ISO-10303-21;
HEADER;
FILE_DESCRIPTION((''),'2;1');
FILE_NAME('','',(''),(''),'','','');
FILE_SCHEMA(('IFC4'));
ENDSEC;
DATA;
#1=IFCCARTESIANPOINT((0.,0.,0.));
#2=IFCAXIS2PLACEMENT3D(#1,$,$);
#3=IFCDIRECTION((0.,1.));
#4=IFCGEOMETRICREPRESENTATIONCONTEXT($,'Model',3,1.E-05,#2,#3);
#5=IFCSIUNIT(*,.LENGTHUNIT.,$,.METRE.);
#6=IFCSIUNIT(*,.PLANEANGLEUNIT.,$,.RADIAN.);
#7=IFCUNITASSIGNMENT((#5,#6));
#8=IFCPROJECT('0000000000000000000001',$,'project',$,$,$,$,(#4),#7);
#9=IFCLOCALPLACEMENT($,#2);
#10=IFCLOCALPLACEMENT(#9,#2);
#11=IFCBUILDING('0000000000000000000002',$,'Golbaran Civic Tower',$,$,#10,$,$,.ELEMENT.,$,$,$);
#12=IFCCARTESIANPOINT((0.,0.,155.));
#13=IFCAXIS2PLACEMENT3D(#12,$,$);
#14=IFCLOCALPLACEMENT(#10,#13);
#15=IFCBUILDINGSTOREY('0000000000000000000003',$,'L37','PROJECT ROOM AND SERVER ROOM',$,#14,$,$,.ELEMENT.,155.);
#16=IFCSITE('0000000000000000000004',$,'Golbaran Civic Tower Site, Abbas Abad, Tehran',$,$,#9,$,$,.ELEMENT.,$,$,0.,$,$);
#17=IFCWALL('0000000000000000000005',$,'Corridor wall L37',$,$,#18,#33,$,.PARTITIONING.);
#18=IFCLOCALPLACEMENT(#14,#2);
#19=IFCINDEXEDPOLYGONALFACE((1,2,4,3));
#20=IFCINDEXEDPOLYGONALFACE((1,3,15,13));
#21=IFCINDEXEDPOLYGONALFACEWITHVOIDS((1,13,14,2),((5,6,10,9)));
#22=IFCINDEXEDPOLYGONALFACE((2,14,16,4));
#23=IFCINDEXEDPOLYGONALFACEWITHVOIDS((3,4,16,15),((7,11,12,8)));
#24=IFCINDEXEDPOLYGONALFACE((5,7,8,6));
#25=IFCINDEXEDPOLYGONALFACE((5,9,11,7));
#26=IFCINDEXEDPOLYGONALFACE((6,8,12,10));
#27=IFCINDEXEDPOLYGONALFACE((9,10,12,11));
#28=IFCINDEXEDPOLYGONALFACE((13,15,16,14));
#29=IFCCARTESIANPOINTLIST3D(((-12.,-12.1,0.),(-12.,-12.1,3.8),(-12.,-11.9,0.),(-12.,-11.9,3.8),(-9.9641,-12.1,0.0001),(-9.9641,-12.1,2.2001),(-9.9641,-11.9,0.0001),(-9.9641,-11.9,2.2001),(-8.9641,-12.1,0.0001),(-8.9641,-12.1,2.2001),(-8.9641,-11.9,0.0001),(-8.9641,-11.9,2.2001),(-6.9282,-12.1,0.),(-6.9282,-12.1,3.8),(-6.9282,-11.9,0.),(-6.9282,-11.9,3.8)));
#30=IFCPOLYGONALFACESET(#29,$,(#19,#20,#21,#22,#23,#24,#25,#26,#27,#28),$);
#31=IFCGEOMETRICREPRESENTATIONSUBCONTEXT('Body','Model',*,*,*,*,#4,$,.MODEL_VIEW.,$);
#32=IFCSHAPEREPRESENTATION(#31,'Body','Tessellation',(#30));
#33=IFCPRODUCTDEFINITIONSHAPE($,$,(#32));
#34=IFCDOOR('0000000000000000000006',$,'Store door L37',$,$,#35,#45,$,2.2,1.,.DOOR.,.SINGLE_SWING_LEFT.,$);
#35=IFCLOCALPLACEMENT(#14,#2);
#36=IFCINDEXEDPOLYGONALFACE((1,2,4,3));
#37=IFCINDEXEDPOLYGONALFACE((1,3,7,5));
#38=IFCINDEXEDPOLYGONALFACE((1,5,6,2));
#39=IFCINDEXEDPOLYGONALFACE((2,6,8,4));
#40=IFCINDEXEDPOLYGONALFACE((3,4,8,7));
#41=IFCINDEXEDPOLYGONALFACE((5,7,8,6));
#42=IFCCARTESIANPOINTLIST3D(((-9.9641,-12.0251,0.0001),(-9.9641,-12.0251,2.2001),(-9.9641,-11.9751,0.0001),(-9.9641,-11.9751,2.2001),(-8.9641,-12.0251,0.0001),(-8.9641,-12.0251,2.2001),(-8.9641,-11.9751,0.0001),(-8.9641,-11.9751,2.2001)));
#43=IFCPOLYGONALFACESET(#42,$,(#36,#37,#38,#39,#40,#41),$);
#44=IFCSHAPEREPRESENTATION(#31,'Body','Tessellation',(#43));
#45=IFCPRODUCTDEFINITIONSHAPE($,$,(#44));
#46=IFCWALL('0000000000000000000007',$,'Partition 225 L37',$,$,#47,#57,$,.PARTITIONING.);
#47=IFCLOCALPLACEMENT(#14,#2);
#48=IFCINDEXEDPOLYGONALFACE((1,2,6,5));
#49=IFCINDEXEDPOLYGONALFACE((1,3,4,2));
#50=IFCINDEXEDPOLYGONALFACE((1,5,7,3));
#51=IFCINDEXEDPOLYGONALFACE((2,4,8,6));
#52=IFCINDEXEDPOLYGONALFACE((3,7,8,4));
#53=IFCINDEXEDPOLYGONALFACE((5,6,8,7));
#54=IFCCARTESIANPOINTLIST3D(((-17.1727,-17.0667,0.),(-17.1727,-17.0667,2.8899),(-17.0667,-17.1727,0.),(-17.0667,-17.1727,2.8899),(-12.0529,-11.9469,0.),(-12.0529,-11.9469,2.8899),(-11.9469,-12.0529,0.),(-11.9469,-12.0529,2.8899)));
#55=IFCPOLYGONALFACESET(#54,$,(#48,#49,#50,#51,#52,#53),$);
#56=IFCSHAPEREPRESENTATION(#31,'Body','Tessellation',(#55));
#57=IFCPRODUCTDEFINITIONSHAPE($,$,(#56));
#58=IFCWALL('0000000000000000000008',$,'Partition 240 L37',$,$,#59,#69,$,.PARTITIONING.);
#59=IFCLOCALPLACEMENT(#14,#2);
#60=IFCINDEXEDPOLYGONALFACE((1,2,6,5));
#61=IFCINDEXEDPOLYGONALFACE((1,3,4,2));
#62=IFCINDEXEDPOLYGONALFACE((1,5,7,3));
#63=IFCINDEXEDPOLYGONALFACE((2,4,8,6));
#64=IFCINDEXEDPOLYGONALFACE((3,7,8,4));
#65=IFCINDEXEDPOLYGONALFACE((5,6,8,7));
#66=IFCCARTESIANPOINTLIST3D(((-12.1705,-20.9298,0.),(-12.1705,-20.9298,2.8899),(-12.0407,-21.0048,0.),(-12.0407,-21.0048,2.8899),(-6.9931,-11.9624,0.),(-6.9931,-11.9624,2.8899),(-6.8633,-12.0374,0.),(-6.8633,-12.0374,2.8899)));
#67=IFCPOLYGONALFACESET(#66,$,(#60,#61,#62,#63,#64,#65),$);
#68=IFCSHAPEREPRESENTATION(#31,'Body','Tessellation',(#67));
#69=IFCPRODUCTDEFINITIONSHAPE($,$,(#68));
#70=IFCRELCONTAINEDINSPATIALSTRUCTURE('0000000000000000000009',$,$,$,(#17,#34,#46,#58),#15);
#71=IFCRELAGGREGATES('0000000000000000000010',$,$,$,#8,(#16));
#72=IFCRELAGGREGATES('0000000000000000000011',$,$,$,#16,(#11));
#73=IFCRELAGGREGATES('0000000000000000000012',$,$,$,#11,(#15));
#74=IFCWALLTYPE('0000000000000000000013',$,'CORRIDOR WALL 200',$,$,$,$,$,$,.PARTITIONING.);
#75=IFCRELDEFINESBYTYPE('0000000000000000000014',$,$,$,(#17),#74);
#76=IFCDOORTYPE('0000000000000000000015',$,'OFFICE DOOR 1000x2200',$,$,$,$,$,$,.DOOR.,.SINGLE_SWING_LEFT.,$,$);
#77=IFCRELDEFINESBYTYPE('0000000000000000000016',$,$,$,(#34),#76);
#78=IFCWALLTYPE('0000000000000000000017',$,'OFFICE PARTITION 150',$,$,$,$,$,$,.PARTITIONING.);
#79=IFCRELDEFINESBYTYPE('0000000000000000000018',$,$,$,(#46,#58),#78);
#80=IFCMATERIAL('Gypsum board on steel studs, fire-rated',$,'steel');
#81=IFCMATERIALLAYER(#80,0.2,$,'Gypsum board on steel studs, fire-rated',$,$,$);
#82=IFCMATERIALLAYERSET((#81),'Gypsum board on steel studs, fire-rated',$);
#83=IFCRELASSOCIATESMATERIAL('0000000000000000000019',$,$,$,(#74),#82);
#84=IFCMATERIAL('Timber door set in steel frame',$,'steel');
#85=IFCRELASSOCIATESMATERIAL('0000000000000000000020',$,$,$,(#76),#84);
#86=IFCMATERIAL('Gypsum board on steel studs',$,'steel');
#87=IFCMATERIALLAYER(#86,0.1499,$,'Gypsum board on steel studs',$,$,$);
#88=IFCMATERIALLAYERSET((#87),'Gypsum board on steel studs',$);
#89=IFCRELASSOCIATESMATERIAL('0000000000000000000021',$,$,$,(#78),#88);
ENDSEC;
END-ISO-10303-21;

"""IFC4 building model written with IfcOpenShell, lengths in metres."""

from ifc_helpers import new_model, si_unit, direction, frame, frame_2d, origin, place, context, subcontext, project, spatial, rectangle, extrude, material, layer, layer_set, type_object, element, fill, save


model = new_model("IFC4")

# Units and contexts
model_context = context("Model", 3, precision=1e-05, world=origin(), true_north=direction((0.0, 1.0)))
body_context = subcontext(model_context, "Body", "Model", "MODEL_VIEW")
ifc_project = project(units=[si_unit("LENGTHUNIT", "METRE"), si_unit("PLANEANGLEUNIT", "RADIAN")], contexts=[model_context])

# Site, building, storey
site_placement = place(None, origin())
site = spatial("IfcSite", under=ifc_project, at=site_placement, Name="Golbaran Civic Tower Site, Abbas Abad, Tehran", CompositionType="ELEMENT", RefElevation=0.0)
building_placement = place(site_placement, origin())
building = spatial("IfcBuilding", under=site, at=building_placement, Name="Golbaran Civic Tower", CompositionType="ELEMENT")
storey_placement = place(building_placement, frame((0.0, 0.0, 155.0)))
storey = spatial("IfcBuildingStorey", under=building, at=storey_placement, Name="L37", Description="PROJECT ROOM AND SERVER ROOM", CompositionType="ELEMENT", Elevation=155.0)

# Wall, opening, door
ifc_material_1 = material(Name="Gypsum board on steel studs, fire-rated", Category="steel")
ifc_layer_1 = layer(ifc_material_1, 0.2, Name="Gypsum board on steel studs, fire-rated")
ifc_layer_set_1 = layer_set([ifc_layer_1], Name="Gypsum board on steel studs, fire-rated")
wall_type_1 = type_object("IfcWallType", Name="CORRIDOR WALL 200", PredefinedType="PARTITIONING", material=ifc_layer_set_1)
wall_1_placement = place(storey_placement, frame((-12.0, -12.0, 0.0), z_axis=(0.0, 0.0, 1.0), x_axis=(1.0, 0.0, 0.0)))
wall_1 = element("IfcWall", 1, at=wall_1_placement, inside=storey, type_object=wall_type_1, Name="Corridor wall L37", PredefinedType="PARTITIONING", context=body_context, shape_type="SweptSolid", body=[
    extrude(rectangle(XDim=5.0718, YDim=0.2, at=frame_2d((2.5359, 0.0))), origin(), (0.0, 0.0, 1.0), 3.8),
])
opening_placement = place(wall_1_placement, frame((2.0359, 0.0, 0.0)))
opening = element("IfcOpeningElement", 2, at=opening_placement, cuts=wall_1, PredefinedType="OPENING", context=body_context, shape_type="SweptSolid", body=[
    extrude(rectangle(XDim=1.0, YDim=2.2, at=frame_2d((0.5, 1.1001))), frame((0.0, 0.1099, 0.0), z_axis=(0.0, -1.0, 0.0), x_axis=(1.0, 0.0, 0.0)), (0.0, 0.0, 1.0), 0.22),
])
ifc_material_2 = material(Name="Timber door set in steel frame", Category="steel")
door_type = type_object("IfcDoorType", Name="OFFICE DOOR 1000x2200", OperationType="SINGLE_SWING_LEFT", PredefinedType="DOOR", material=ifc_material_2)
door_placement = place(opening_placement, origin())
door = element("IfcDoor", 3, at=door_placement, inside=storey, type_object=door_type, Name="Store door L37", OperationType="SINGLE_SWING_LEFT", OverallHeight=2.2, OverallWidth=1.0, PredefinedType="DOOR", context=body_context, shape_type="SweptSolid", body=[
    extrude(rectangle(XDim=1.0, YDim=2.2, at=frame_2d((0.5, 1.1001))), frame((0.0, 0.0249, 0.0), z_axis=(0.0, -1.0, 0.0), x_axis=(1.0, 0.0, 0.0)), (0.0, 0.0, 1.0), 0.05),
])
fill(opening, door)

# Walls
ifc_material_3 = material(Name="Gypsum board on steel studs", Category="steel")
ifc_layer_2 = layer(ifc_material_3, 0.1499, Name="Gypsum board on steel studs")
ifc_layer_set_2 = layer_set([ifc_layer_2], Name="Gypsum board on steel studs")
wall_type_2 = type_object("IfcWallType", Name="OFFICE PARTITION 150", PredefinedType="PARTITIONING", material=ifc_layer_set_2)
wall_2_placement = place(storey_placement, frame((-12.0, -12.0, 0.0), z_axis=(0.0, 0.0, 1.0), x_axis=(-0.707107, -0.707107, 0.0)))
element("IfcWall", 4, at=wall_2_placement, inside=storey, type_object=wall_type_2, Name="Partition 225 L37", PredefinedType="PARTITIONING", context=body_context, shape_type="SweptSolid", body=[
    extrude(rectangle(XDim=7.2405, YDim=0.1499, at=frame_2d((3.6201, 0.0))), origin(), (0.0, 0.0, 1.0), 2.8899),
])
wall_3_placement = place(storey_placement, frame((-6.9282, -12.0, 0.0), z_axis=(0.0, 0.0, 1.0), x_axis=(-0.500006, -0.866022, 0.0)))
element("IfcWall", 5, at=wall_3_placement, inside=storey, type_object=wall_type_2, Name="Partition 240 L37", PredefinedType="PARTITIONING", context=body_context, shape_type="SweptSolid", body=[
    extrude(rectangle(XDim=10.3547, YDim=0.1499, at=frame_2d((5.1772, 0.0))), origin(), (0.0, 0.0, 1.0), 2.8899),
])

save(model, "model.ifc")
